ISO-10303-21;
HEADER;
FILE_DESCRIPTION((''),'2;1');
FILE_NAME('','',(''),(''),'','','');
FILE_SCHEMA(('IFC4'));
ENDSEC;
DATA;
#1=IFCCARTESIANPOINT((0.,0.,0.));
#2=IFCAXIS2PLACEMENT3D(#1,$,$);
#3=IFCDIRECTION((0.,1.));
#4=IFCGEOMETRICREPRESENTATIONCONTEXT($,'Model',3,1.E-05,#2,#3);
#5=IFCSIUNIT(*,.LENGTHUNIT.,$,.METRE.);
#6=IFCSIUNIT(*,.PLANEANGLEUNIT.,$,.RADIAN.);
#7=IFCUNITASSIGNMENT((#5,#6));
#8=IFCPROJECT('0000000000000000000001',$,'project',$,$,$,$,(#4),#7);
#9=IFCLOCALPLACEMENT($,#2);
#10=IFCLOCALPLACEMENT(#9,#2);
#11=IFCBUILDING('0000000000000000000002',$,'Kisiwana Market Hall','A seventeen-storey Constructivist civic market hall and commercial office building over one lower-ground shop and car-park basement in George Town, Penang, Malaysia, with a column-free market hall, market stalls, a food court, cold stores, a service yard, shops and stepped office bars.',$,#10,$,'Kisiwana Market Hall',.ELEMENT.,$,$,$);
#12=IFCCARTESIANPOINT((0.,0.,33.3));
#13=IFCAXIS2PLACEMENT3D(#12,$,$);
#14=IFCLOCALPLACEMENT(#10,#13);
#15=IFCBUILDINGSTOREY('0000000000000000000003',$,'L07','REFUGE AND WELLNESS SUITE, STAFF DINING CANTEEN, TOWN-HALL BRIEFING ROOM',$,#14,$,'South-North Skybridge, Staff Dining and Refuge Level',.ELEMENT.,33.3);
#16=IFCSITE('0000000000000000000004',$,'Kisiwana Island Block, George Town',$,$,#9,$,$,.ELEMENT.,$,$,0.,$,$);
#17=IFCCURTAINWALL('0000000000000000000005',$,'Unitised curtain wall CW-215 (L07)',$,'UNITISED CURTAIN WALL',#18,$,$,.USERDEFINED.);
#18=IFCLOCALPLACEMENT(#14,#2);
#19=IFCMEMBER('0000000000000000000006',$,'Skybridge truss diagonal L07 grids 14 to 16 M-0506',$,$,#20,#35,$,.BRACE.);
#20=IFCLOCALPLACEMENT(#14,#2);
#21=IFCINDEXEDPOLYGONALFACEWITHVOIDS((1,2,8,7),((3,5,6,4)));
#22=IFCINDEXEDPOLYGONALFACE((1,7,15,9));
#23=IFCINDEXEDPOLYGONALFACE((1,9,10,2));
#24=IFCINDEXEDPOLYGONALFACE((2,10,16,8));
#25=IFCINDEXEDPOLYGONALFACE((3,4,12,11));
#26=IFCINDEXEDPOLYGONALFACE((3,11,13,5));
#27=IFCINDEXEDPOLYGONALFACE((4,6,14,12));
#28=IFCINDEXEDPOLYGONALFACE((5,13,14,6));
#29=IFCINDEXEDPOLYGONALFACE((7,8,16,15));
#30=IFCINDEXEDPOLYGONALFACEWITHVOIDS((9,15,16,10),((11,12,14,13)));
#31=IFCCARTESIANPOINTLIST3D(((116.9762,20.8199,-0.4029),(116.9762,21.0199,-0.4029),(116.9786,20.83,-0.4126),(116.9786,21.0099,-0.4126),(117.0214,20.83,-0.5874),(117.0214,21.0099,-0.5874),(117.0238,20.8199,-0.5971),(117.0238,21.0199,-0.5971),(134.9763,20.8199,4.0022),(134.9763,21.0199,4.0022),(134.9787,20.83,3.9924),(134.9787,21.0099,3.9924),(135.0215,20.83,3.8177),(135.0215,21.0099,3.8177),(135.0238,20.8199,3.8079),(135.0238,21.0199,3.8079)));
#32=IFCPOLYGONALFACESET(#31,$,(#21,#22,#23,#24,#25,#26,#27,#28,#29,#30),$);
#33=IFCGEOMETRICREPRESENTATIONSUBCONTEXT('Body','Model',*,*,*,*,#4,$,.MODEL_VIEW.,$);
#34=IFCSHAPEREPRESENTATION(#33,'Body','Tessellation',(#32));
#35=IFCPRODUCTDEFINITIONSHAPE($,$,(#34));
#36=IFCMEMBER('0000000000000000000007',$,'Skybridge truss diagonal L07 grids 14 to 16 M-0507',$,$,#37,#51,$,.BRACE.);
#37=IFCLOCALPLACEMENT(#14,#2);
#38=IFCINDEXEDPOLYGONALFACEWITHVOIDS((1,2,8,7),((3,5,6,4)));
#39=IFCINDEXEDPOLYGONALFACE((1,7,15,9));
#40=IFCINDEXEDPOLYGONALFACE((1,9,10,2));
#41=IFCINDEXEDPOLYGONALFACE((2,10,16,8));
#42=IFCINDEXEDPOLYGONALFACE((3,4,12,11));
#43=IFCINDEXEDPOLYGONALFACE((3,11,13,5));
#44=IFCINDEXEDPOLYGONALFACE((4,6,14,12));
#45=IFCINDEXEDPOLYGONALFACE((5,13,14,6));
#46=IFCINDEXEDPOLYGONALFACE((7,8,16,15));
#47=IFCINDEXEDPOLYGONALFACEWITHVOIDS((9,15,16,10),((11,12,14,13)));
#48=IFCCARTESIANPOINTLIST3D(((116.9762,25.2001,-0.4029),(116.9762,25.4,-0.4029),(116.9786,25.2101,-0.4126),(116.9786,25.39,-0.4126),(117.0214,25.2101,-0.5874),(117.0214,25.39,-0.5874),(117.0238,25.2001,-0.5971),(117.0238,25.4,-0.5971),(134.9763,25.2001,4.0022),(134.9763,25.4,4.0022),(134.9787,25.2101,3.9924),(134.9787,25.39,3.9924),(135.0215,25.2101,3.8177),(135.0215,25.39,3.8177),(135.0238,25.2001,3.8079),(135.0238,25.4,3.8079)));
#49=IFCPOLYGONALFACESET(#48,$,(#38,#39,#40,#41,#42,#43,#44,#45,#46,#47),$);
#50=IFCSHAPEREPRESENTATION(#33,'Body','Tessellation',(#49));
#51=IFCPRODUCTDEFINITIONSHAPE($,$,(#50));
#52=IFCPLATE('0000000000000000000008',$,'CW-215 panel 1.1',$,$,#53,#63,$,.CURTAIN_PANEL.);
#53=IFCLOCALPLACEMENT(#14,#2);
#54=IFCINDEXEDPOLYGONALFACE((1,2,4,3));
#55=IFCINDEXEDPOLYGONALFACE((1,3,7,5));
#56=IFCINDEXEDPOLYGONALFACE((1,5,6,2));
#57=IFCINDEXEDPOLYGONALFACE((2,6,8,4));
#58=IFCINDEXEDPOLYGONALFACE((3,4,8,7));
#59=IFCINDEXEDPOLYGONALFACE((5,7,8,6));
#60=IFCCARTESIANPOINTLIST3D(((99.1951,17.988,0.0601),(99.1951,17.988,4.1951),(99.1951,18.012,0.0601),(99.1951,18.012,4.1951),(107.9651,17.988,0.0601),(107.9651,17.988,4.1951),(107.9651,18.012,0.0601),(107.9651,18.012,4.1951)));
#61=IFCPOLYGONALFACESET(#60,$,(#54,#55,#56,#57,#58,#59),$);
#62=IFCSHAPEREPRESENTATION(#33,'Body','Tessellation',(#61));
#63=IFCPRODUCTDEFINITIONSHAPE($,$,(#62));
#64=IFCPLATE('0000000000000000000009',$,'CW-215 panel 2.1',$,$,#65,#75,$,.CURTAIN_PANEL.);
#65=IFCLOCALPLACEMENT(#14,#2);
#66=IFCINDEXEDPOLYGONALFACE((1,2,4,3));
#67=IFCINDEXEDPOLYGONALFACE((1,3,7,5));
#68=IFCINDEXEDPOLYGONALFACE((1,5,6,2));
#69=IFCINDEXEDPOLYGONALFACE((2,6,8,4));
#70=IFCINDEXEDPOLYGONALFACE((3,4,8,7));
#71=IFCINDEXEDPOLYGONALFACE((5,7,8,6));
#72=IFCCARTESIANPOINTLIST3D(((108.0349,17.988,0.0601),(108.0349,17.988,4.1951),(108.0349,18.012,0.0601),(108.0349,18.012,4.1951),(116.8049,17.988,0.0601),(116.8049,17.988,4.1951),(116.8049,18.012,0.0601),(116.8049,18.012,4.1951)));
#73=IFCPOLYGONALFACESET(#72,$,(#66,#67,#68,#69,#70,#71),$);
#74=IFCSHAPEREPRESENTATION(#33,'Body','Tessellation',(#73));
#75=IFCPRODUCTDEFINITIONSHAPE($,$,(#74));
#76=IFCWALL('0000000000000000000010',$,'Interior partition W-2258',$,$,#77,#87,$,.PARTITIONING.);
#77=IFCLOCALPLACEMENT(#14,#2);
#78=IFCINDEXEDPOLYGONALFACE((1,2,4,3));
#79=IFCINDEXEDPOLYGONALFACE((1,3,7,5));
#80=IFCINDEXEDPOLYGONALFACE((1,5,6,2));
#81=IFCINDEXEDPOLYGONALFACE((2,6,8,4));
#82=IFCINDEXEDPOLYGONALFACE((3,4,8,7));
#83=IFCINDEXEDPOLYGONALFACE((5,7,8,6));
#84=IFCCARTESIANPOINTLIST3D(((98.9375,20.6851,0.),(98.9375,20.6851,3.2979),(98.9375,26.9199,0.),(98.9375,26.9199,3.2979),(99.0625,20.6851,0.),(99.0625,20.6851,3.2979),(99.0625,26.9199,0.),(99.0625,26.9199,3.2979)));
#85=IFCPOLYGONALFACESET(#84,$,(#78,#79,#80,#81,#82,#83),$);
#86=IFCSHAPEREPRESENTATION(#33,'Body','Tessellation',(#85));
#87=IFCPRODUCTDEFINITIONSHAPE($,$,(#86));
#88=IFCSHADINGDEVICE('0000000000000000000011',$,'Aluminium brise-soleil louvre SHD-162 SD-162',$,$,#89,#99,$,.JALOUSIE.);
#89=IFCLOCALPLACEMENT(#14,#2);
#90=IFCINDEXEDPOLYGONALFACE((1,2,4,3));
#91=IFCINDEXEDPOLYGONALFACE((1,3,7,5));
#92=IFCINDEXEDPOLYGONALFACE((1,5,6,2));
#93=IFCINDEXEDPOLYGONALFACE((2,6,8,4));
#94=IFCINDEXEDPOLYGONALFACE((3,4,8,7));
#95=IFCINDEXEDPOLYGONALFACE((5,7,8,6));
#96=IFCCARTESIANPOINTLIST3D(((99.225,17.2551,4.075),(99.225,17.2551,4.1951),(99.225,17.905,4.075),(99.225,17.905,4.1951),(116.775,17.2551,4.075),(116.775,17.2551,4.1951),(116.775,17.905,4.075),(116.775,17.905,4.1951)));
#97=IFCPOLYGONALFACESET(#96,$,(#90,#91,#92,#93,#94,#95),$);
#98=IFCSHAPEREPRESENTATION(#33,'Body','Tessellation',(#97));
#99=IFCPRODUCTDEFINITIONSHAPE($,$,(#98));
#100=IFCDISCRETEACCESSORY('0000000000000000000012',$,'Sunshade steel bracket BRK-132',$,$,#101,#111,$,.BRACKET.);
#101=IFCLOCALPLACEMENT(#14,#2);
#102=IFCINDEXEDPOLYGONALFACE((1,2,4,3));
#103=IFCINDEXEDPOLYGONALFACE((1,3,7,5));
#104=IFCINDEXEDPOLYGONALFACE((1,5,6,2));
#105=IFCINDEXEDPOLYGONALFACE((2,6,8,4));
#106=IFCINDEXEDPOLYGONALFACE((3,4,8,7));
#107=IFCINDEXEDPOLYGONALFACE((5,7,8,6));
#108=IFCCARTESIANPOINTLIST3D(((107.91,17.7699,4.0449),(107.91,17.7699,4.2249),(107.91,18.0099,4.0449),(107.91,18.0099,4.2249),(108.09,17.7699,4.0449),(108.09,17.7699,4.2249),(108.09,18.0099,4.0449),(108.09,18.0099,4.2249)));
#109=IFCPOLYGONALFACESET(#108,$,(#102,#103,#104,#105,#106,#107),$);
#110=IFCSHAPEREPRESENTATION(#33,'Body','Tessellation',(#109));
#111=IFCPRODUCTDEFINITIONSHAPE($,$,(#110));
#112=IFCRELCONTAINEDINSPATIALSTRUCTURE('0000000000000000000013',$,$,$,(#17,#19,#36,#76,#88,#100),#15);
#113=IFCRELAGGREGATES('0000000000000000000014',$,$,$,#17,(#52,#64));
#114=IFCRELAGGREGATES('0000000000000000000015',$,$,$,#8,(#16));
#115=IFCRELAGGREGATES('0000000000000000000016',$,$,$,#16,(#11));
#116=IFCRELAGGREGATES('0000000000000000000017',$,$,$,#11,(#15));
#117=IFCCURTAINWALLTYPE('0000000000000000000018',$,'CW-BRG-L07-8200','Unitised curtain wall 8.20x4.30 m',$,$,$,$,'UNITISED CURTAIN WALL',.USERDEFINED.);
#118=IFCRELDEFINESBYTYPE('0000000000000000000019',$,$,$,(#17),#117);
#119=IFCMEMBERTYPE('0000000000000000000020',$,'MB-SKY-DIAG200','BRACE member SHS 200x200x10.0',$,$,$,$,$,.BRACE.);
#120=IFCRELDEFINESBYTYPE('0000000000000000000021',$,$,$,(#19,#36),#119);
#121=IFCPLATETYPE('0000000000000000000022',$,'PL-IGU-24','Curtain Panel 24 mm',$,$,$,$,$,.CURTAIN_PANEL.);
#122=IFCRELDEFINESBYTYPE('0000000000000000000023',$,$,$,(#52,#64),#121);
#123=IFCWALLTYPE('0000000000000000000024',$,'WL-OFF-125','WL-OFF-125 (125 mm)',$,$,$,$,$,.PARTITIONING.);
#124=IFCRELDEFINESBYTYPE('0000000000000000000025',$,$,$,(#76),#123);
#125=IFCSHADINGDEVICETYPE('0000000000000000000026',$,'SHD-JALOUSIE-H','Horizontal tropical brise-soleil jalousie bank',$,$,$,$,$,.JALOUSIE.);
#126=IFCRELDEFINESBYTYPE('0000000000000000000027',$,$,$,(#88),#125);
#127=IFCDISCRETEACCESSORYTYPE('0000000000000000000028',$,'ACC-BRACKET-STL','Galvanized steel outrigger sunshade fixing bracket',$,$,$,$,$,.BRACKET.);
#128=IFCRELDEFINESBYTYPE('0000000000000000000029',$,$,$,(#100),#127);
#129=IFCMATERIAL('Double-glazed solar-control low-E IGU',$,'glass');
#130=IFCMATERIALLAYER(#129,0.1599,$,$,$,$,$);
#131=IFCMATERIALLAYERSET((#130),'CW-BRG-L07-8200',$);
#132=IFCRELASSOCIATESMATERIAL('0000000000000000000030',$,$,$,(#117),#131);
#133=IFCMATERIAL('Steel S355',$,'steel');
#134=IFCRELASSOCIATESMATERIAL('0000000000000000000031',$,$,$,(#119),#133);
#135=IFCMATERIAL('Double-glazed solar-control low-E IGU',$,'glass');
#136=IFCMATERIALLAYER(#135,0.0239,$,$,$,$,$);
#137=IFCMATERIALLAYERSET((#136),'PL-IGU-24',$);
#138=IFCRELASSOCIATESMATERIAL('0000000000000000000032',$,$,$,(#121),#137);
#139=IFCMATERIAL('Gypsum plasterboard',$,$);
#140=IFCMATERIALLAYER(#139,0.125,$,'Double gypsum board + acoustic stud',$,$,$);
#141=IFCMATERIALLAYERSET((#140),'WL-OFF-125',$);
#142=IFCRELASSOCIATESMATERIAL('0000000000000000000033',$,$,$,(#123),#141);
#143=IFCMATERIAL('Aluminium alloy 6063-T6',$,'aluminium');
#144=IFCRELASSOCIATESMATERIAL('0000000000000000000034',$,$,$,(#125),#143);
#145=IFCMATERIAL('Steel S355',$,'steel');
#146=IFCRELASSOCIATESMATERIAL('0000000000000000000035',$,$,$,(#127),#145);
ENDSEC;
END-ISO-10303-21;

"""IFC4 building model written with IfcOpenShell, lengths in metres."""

from ifc_helpers import new_model, si_unit, direction, frame, frame_2d, origin, origin_2d, place, context, subcontext, project, spatial, rectangle, hollow_rectangle, extrude, material, layer, layer_set, material_profile, profile_set, type_object, element, aggregate, save


model = new_model("IFC4")

# Units and contexts
model_context = context("Model", 3, precision=1e-05, world=origin(), true_north=direction((0.0, 1.0)))
body_context = subcontext(model_context, "Body", "Model", "MODEL_VIEW")
ifc_project = project(units=[si_unit("LENGTHUNIT", "METRE"), si_unit("PLANEANGLEUNIT", "RADIAN")], contexts=[model_context])

# Site, building, storey
site_placement = place(None, origin())
site = spatial("IfcSite", under=ifc_project, at=site_placement, Name="Kisiwana Island Block, George Town", CompositionType="ELEMENT", RefElevation=0.0)
building_placement = place(site_placement, origin())
building = spatial("IfcBuilding", under=site, at=building_placement, Name="Kisiwana Market Hall", Description="A seventeen-storey Constructivist civic market hall and commercial office building over one lower-ground shop and car-park basement in George Town, Penang, Malaysia, with a column-free market hall, market stalls, a food court, cold stores, a service yard, shops and stepped office bars.", LongName="Kisiwana Market Hall", CompositionType="ELEMENT")
storey_placement = place(building_placement, frame((0.0, 0.0, 33.3)))
storey = spatial("IfcBuildingStorey", under=building, at=storey_placement, Name="L07", Description="REFUGE AND WELLNESS SUITE, STAFF DINING CANTEEN, TOWN-HALL BRIEFING ROOM", LongName="South-North Skybridge, Staff Dining and Refuge Level", CompositionType="ELEMENT", Elevation=33.3)

# Curtain wall
ifc_material_1 = material(Name="Double-glazed solar-control low-E IGU", Category="glass")
ifc_layer_1 = layer(ifc_material_1, 0.1599)
ifc_layer_set_1 = layer_set([ifc_layer_1], Name="CW-BRG-L07-8200")
curtain_wall_type = type_object("IfcCurtainWallType", Name="CW-BRG-L07-8200", Description="Unitised curtain wall 8.20x4.30 m", ElementType="UNITISED CURTAIN WALL", PredefinedType="USERDEFINED", material=ifc_layer_set_1)
curtain_wall_1_placement = place(storey_placement, origin())
curtain_wall_1 = element("IfcCurtainWall", 1, at=curtain_wall_1_placement, inside=storey, type_object=curtain_wall_type, Name="Unitised curtain wall CW-215 (L07)", ObjectType="UNITISED CURTAIN WALL", PredefinedType="USERDEFINED")

# Members
ifc_material_2 = material(Name="Steel S355", Category="steel")
ifc_material_profile_1 = material_profile(ifc_material_2, hollow_rectangle(XDim=0.2, YDim=0.2, WallThickness=0.01, at=origin_2d()), Name="SHS 200x200x10.0")
ifc_profile_set_1 = profile_set([ifc_material_profile_1], Name="Steel S355")
member_type_1 = type_object("IfcMemberType", Name="MB-SKY-DIAG200", Description="BRACE member SHS 200x200x10.0", PredefinedType="BRACE", material=ifc_profile_set_1)
for number, where, z_axis, x_axis, name in (
    (2, (117.0, 20.9199, -0.5), (0.971336, 0.0, 0.237709), (0.0, 1.0, 0.0), "Skybridge truss diagonal L07 grids 14 to 16 M-0506"),
    (3, (117.0, 25.3, -0.5), (0.971336, 0.0, 0.237709), (0.0, 1.0, 0.0), "Skybridge truss diagonal L07 grids 14 to 16 M-0507"),
):
    element("IfcMember", number, at=place(storey_placement, frame(where, z_axis=z_axis, x_axis=x_axis)), inside=storey, type_object=member_type_1, Name=name, PredefinedType="BRACE", context=body_context, shape_type="SweptSolid", body=[
        extrude(hollow_rectangle(XDim=0.2, YDim=0.2, WallThickness=0.01, at=origin_2d()), origin(), (0.0, 0.0, 1.0), 18.5312),
    ])

# Plates
ifc_material_3 = material(Name="Double-glazed solar-control low-E IGU", Category="glass")
ifc_layer_2 = layer(ifc_material_3, 0.0239)
ifc_layer_set_2 = layer_set([ifc_layer_2], Name="PL-IGU-24")
plate_type = type_object("IfcPlateType", Name="PL-IGU-24", Description="Curtain Panel 24 mm", PredefinedType="CURTAIN_PANEL", material=ifc_layer_set_2)
plate_1_placement = place(storey_placement, frame((103.5801, 18.0, 0.0601), z_axis=(0.0, 0.0, 1.0), x_axis=(1.0, 0.0, 0.0)))
plate_1 = element("IfcPlate", 4, at=plate_1_placement, type_object=plate_type, Name="CW-215 panel 1.1", PredefinedType="CURTAIN_PANEL", context=body_context, shape_type="SweptSolid", body=[
    extrude(rectangle(XDim=8.77, YDim=0.0239, at=origin_2d()), origin(), (0.0, 0.0, 1.0), 4.135),
])
plate_2_placement = place(storey_placement, frame((112.4199, 18.0, 0.0601), z_axis=(0.0, 0.0, 1.0), x_axis=(1.0, 0.0, 0.0)))
plate_2 = element("IfcPlate", 5, at=plate_2_placement, type_object=plate_type, Name="CW-215 panel 2.1", PredefinedType="CURTAIN_PANEL", context=body_context, shape_type="SweptSolid", body=[
    extrude(rectangle(XDim=8.77, YDim=0.0239, at=origin_2d()), origin(), (0.0, 0.0, 1.0), 4.135),
])
aggregate(curtain_wall_1, [plate_1, plate_2])

# Wall
ifc_material_4 = material(Name="Gypsum plasterboard")
ifc_layer_3 = layer(ifc_material_4, 0.125, Name="Double gypsum board + acoustic stud")
ifc_layer_set_3 = layer_set([ifc_layer_3], Name="WL-OFF-125")
wall_type = type_object("IfcWallType", Name="WL-OFF-125", Description="WL-OFF-125 (125 mm)", PredefinedType="PARTITIONING", material=ifc_layer_set_3)
wall_placement = place(storey_placement, frame((99.0, 20.6851, 0.0), z_axis=(0.0, 0.0, 1.0), x_axis=(0.0, 1.0, 0.0)))
element("IfcWall", 6, at=wall_placement, inside=storey, type_object=wall_type, Name="Interior partition W-2258", PredefinedType="PARTITIONING", context=body_context, shape_type="SweptSolid", body=[
    extrude(rectangle(XDim=6.2349, YDim=0.125, at=frame_2d((3.1174, 0.0))), origin(), (0.0, 0.0, 1.0), 3.2979),
])

# Shading device
ifc_material_5 = material(Name="Aluminium alloy 6063-T6", Category="aluminium")
shading_device_type = type_object("IfcShadingDeviceType", Name="SHD-JALOUSIE-H", Description="Horizontal tropical brise-soleil jalousie bank", PredefinedType="JALOUSIE", material=ifc_material_5)
shading_device_placement = place(storey_placement, frame((108.0, 17.5801, 4.075), z_axis=(0.0, 0.0, 1.0), x_axis=(1.0, 0.0, 0.0)))
element("IfcShadingDevice", 7, at=shading_device_placement, inside=storey, type_object=shading_device_type, Name="Aluminium brise-soleil louvre SHD-162 SD-162", PredefinedType="JALOUSIE", context=body_context, shape_type="SweptSolid", body=[
    extrude(rectangle(XDim=17.55, YDim=0.6499, at=origin_2d()), origin(), (0.0, 0.0, 1.0), 0.1201),
])

# Discrete accessory
ifc_material_6 = material(Name="Steel S355", Category="steel")
discrete_accessory_type = type_object("IfcDiscreteAccessoryType", Name="ACC-BRACKET-STL", Description="Galvanized steel outrigger sunshade fixing bracket", PredefinedType="BRACKET", material=ifc_material_6)
discrete_accessory_placement = place(storey_placement, frame((108.0, 17.8899, 4.0449), z_axis=(0.0, 0.0, 1.0), x_axis=(1.0, 0.0, 0.0)))
element("IfcDiscreteAccessory", 8, at=discrete_accessory_placement, inside=storey, type_object=discrete_accessory_type, Name="Sunshade steel bracket BRK-132", PredefinedType="BRACKET", context=body_context, shape_type="SweptSolid", body=[
    extrude(rectangle(XDim=0.1799, YDim=0.24, at=origin_2d()), origin(), (0.0, 0.0, 1.0), 0.1799),
])

save(model, "model.ifc")
